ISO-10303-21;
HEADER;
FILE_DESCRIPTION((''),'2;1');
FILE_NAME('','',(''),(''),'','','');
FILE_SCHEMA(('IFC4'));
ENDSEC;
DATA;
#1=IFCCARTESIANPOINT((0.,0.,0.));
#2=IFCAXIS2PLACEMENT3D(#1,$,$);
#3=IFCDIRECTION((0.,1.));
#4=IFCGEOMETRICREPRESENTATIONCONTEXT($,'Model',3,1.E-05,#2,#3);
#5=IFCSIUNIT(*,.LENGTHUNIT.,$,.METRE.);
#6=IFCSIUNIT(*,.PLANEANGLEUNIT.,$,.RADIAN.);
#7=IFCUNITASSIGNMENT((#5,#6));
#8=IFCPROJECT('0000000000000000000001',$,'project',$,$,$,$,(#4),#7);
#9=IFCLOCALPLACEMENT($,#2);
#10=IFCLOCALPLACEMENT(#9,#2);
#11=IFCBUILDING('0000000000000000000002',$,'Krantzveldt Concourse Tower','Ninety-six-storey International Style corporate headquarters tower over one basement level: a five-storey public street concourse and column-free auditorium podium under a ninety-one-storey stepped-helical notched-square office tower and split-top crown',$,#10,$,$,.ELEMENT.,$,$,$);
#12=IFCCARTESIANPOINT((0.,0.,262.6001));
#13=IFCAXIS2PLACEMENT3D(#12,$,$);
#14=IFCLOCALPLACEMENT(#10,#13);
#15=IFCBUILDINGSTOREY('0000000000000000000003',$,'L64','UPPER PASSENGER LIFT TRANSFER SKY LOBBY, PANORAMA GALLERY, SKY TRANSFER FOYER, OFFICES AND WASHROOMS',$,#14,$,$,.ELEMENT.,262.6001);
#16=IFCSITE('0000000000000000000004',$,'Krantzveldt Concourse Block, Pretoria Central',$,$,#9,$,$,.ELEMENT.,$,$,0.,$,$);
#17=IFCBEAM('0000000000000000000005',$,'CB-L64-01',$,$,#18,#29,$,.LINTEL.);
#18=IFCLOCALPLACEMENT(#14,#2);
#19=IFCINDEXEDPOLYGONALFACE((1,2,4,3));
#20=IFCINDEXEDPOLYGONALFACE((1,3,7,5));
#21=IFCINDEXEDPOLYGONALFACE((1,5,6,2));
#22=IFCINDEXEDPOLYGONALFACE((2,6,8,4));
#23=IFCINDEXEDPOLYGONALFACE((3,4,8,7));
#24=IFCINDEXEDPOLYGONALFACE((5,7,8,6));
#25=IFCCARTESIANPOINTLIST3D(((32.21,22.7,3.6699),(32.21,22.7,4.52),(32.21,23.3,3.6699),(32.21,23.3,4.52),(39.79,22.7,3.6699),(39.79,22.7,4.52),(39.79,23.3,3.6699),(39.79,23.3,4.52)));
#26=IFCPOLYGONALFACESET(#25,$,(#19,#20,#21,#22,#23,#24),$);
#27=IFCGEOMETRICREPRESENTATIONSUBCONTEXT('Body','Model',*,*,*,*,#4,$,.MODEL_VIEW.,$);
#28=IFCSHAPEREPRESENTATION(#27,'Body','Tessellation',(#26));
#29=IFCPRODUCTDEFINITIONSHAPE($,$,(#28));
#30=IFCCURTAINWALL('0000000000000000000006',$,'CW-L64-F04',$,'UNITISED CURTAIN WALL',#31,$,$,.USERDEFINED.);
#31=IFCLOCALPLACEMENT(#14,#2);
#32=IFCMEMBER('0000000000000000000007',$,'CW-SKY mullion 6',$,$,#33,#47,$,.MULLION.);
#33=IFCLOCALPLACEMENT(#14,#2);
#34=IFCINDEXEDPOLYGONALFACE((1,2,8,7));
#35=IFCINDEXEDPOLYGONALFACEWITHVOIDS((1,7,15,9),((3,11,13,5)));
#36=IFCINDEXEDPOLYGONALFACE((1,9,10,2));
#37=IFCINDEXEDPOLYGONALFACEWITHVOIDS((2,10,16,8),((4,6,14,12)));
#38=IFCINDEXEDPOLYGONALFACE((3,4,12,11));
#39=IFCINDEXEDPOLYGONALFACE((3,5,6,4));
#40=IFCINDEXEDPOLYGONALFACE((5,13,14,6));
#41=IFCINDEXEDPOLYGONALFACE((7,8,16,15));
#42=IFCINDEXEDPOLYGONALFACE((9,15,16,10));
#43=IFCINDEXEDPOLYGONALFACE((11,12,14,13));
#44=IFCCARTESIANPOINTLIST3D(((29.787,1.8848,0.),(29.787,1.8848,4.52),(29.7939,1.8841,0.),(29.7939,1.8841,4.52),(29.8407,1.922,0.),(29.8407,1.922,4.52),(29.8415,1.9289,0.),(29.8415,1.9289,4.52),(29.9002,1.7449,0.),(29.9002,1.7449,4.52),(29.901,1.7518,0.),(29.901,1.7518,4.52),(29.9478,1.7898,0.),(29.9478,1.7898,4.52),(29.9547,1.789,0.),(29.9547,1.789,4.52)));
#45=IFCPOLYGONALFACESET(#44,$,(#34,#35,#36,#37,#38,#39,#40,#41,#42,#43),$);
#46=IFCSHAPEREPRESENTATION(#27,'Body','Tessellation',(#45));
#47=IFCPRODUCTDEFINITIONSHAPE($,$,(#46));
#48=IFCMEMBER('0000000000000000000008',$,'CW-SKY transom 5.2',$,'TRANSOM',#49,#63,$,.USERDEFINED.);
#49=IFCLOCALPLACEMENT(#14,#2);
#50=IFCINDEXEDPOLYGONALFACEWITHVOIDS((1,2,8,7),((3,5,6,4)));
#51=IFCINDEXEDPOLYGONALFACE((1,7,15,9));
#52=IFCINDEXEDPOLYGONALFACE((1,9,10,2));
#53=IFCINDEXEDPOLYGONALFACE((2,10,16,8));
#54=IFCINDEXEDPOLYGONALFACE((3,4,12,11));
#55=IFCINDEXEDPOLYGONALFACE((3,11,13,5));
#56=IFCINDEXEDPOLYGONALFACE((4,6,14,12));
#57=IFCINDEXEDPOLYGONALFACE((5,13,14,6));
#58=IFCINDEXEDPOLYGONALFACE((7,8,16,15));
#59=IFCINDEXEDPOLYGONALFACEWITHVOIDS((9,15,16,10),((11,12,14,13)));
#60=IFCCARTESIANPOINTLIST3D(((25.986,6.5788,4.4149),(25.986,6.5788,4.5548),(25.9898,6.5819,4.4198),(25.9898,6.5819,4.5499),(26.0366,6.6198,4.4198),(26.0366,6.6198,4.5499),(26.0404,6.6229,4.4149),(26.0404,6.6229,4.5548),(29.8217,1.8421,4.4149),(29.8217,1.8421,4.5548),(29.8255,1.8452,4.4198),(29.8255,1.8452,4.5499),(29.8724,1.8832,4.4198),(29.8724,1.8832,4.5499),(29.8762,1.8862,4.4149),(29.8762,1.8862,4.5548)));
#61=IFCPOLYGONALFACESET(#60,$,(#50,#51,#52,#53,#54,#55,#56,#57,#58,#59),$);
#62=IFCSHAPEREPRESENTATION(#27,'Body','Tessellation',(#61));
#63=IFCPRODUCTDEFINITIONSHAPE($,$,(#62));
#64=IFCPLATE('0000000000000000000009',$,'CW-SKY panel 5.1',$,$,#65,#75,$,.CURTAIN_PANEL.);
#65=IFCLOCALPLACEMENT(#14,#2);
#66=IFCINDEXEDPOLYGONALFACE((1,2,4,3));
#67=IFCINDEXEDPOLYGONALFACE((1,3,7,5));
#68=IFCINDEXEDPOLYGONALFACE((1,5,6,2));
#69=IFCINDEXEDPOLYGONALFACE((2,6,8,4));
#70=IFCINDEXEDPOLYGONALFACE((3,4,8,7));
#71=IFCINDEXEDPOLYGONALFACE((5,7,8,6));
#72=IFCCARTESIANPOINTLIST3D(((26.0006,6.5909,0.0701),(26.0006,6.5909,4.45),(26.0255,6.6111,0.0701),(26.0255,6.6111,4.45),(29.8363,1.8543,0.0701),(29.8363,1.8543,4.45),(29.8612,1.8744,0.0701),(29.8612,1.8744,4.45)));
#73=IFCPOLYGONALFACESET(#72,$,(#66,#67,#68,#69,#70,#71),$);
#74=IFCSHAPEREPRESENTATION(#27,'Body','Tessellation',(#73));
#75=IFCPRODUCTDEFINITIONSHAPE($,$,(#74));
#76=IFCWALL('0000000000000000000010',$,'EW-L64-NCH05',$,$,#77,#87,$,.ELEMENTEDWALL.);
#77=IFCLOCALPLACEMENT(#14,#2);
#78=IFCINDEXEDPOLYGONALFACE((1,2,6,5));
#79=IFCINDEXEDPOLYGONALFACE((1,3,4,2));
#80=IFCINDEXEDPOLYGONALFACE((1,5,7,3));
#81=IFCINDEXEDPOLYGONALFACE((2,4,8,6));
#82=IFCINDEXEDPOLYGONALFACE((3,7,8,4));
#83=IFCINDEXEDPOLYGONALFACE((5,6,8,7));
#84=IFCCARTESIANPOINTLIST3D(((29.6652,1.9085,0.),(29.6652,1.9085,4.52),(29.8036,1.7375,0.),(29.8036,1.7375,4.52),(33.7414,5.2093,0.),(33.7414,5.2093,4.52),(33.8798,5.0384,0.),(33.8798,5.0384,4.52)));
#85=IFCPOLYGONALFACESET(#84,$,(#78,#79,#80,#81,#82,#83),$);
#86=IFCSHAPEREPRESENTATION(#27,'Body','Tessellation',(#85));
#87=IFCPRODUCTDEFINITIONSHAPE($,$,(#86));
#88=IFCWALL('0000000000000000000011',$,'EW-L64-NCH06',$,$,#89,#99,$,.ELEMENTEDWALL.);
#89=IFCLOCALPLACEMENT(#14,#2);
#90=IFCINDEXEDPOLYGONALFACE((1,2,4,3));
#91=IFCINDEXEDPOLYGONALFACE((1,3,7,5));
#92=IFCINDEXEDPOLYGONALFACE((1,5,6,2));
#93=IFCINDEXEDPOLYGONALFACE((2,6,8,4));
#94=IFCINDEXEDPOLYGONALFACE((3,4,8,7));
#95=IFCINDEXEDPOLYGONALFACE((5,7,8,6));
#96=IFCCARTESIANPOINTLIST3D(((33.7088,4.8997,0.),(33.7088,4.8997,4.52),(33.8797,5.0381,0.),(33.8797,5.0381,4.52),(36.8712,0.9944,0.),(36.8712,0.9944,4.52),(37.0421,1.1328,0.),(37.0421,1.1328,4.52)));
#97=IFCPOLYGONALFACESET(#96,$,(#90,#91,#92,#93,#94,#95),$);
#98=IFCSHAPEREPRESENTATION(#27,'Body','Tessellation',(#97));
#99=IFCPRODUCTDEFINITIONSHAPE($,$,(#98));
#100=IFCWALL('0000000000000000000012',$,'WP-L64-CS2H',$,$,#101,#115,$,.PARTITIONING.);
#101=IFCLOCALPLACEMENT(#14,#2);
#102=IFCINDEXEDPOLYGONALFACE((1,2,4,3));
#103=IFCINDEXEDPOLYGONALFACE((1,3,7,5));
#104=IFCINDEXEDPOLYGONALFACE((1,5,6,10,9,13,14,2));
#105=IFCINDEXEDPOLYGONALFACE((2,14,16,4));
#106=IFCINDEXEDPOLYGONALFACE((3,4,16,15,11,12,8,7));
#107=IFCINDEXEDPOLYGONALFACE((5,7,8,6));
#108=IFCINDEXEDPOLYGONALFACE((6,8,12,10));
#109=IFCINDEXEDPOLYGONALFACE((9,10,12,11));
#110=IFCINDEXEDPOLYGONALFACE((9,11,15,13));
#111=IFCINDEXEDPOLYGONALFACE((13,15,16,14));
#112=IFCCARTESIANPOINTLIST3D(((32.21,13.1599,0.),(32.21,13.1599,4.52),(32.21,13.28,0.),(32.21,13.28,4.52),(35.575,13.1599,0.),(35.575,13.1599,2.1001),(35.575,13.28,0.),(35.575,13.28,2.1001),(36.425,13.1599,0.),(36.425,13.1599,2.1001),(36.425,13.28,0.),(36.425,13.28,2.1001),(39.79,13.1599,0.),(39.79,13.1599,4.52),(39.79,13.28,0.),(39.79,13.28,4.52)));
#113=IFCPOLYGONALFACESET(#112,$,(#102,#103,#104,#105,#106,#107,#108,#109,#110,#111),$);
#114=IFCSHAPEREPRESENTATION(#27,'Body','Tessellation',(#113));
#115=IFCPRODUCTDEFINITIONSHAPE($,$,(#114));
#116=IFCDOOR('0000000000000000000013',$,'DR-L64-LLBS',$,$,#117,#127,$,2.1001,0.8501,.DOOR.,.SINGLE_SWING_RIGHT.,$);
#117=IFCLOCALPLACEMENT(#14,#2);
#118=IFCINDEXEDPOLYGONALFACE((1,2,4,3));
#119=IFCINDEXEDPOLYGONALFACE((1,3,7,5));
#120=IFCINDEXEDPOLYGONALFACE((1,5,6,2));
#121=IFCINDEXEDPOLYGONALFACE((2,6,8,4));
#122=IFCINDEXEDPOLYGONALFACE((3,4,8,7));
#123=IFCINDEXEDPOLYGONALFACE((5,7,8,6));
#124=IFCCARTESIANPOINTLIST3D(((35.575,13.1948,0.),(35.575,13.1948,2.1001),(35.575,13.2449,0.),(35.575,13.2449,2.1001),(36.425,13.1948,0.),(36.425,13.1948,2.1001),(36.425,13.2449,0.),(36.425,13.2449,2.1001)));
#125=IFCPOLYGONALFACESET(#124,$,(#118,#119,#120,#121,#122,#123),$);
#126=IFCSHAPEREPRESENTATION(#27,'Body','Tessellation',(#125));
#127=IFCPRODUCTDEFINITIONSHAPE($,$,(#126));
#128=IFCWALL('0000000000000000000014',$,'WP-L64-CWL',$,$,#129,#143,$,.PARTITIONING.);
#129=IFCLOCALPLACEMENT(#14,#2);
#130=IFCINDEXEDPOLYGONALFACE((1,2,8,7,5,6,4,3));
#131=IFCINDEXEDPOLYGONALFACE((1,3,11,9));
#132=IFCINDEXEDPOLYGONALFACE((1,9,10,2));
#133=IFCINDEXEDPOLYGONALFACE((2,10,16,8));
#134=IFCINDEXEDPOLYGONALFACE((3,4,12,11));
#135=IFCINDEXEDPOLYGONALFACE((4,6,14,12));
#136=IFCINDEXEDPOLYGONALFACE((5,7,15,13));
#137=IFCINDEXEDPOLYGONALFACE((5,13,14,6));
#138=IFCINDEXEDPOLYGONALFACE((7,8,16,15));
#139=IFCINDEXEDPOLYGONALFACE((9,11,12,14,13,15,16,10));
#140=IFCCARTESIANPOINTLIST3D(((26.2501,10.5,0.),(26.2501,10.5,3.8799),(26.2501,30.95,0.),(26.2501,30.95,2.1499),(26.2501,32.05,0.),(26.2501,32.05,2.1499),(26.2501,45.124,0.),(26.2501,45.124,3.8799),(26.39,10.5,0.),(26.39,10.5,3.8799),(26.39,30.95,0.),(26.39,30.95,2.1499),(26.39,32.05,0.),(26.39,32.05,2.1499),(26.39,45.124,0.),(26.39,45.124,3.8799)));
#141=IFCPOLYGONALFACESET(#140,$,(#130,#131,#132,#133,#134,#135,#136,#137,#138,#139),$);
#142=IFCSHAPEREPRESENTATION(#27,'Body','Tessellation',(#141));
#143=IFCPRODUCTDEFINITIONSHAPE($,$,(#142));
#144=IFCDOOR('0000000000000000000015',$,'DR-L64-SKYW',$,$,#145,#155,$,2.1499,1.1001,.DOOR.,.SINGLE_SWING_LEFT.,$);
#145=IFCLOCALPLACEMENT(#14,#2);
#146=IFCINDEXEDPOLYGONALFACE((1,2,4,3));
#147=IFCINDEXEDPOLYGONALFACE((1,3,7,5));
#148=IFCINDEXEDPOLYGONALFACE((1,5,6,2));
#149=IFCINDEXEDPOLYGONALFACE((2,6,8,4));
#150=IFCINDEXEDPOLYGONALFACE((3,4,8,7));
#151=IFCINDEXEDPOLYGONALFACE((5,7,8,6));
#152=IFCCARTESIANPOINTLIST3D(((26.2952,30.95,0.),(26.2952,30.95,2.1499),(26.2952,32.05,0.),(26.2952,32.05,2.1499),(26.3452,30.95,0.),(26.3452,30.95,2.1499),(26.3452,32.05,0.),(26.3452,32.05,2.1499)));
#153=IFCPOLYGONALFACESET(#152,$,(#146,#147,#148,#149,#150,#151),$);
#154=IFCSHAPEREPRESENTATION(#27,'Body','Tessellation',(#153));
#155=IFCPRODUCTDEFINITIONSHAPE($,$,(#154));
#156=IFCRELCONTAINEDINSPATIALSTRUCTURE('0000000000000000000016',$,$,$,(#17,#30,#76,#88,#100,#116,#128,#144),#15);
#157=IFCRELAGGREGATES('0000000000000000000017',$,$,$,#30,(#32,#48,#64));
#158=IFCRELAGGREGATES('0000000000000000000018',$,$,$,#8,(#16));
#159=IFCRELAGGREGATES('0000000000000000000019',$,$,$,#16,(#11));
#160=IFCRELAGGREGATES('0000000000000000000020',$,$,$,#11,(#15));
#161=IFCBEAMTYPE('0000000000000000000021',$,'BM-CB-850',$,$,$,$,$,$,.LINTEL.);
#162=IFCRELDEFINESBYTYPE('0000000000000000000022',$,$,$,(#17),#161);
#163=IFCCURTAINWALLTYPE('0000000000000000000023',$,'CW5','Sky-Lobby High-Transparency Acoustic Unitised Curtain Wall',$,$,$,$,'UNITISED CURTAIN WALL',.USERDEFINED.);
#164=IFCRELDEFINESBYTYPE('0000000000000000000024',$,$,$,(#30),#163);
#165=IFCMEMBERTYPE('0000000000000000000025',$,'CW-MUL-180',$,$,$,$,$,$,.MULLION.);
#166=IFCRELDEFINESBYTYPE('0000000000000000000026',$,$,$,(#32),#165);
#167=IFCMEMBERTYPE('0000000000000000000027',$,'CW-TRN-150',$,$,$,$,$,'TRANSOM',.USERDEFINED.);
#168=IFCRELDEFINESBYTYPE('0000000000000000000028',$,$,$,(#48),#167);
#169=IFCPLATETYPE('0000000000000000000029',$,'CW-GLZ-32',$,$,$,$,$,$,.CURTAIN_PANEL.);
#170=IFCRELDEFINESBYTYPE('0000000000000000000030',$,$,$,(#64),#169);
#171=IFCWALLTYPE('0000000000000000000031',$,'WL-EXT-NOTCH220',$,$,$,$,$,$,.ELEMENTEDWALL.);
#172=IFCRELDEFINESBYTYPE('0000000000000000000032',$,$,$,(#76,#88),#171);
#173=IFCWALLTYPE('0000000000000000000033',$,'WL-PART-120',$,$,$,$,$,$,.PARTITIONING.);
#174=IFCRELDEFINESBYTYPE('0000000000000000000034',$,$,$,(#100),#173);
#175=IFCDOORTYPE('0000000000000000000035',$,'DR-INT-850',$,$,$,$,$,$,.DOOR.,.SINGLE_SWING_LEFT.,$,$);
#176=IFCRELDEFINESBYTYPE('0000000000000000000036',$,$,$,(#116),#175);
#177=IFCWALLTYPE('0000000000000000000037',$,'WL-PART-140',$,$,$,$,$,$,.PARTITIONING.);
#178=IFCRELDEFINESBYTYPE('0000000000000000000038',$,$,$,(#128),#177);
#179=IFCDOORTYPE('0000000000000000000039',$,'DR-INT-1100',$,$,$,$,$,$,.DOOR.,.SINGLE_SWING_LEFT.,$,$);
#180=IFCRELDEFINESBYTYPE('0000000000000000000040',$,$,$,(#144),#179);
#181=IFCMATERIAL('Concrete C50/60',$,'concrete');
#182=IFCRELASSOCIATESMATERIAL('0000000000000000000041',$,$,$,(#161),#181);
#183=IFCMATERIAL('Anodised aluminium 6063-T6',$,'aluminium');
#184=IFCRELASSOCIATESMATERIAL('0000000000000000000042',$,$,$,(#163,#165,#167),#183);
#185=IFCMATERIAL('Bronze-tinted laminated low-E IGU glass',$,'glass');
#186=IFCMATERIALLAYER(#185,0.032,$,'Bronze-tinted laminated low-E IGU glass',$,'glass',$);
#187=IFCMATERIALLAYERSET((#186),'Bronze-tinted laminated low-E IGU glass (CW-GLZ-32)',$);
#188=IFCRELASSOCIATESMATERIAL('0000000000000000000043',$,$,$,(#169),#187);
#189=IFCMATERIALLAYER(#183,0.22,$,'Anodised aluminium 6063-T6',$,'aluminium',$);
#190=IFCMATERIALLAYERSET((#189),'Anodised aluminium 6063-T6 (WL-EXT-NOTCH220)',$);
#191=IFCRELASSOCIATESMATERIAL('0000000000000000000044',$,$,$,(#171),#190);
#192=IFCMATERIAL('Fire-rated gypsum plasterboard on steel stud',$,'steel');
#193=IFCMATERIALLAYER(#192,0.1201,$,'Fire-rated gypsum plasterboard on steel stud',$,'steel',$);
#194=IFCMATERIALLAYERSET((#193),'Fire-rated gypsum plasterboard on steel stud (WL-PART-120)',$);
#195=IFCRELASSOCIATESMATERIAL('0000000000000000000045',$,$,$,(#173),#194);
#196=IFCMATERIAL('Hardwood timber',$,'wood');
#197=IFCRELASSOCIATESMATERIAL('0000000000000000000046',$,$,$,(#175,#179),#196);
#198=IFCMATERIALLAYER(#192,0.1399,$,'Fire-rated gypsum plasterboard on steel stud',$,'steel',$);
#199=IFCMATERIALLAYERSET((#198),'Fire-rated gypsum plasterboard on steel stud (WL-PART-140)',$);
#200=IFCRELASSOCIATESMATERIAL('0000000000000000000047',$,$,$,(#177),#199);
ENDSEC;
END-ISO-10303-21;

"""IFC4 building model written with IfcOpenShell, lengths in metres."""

from ifc_helpers import new_model, si_unit, direction, frame, frame_2d, origin, origin_2d, place, context, subcontext, project, spatial, rectangle, hollow_rectangle, extrude, source, transform, mapped, material, layer, layer_set, material_profile, profile_set, type_object, type_shapes, element, fill, aggregate, save


model = new_model("IFC4")

# Units and contexts
model_context = context("Model", 3, precision=1e-05, world=origin(), true_north=direction((0.0, 1.0)))
body_context = subcontext(model_context, "Body", "Model", "MODEL_VIEW")
ifc_project = project(units=[si_unit("LENGTHUNIT", "METRE"), si_unit("PLANEANGLEUNIT", "RADIAN")], contexts=[model_context])

# Site, building, storey
site_placement = place(None, origin())
site = spatial("IfcSite", under=ifc_project, at=site_placement, Name="Krantzveldt Concourse Block, Pretoria Central", CompositionType="ELEMENT", RefElevation=0.0)
building_placement = place(site_placement, origin())
building = spatial("IfcBuilding", under=site, at=building_placement, Name="Krantzveldt Concourse Tower", Description="Ninety-six-storey International Style corporate headquarters tower over one basement level: a five-storey public street concourse and column-free auditorium podium under a ninety-one-storey stepped-helical notched-square office tower and split-top crown", CompositionType="ELEMENT")
storey_placement = place(building_placement, frame((0.0, 0.0, 262.6001)))
storey = spatial("IfcBuildingStorey", under=building, at=storey_placement, Name="L64", Description="UPPER PASSENGER LIFT TRANSFER SKY LOBBY, PANORAMA GALLERY, SKY TRANSFER FOYER, OFFICES AND WASHROOMS", CompositionType="ELEMENT", Elevation=262.6001)

# Beam
ifc_material_1 = material(Name="Concrete C50/60", Category="concrete")
ifc_material_profile_1 = material_profile(ifc_material_1, rectangle(XDim=0.6001, YDim=0.8501, at=origin_2d()), Name="Concrete C50/60", Category="concrete")
ifc_profile_set_1 = profile_set([ifc_material_profile_1], Name="Concrete C50/60 - RC-CB 600x850")
beam_type = type_object("IfcBeamType", Name="BM-CB-850", PredefinedType="LINTEL", material=ifc_profile_set_1)
shared_shape_1 = source(origin(), body_context, "Body", "SweptSolid", [
    extrude(rectangle(XDim=0.6001, YDim=0.8501, at=origin_2d()), origin(), (0.0, 0.0, 1.0), 7.5801),
])
type_shapes(beam_type, [shared_shape_1])
beam_placement = place(storey_placement, frame((32.21, 23.0, 4.095), z_axis=(1.0, 0.0, 0.0), x_axis=(0.0, 1.0, 0.0)))
element("IfcBeam", 1, at=beam_placement, inside=storey, type_object=beam_type, Name="CB-L64-01", PredefinedType="LINTEL", context=body_context, shape_type="MappedRepresentation", body=[
    mapped(shared_shape_1, transform((0.0, 0.0, 0.0), x_axis=(1.0, 0.0, 0.0), y_axis=(0.0, 1.0, 0.0), z_axis=(0.0, 0.0, 1.0), scale=1.0)),
])

# Curtain wall, members, plate
ifc_material_2 = material(Name="Anodised aluminium 6063-T6", Category="aluminium")
curtain_wall_type = type_object("IfcCurtainWallType", Name="CW5", Description="Sky-Lobby High-Transparency Acoustic Unitised Curtain Wall", ElementType="UNITISED CURTAIN WALL", PredefinedType="USERDEFINED", material=ifc_material_2)
curtain_wall_placement = place(storey_placement, origin())
curtain_wall = element("IfcCurtainWall", 2, at=curtain_wall_placement, inside=storey, type_object=curtain_wall_type, Name="CW-L64-F04", ObjectType="UNITISED CURTAIN WALL", PredefinedType="USERDEFINED")
ifc_material_profile_2 = material_profile(ifc_material_2, hollow_rectangle(XDim=0.0701, YDim=0.1799, WallThickness=0.0049, at=origin_2d()), Name="Anodised aluminium 6063-T6", Category="aluminium")
ifc_profile_set_2 = profile_set([ifc_material_profile_2], Name="Anodised aluminium 6063-T6 - ALU-MULL 180x70x5")
member_type_1 = type_object("IfcMemberType", Name="CW-MUL-180", PredefinedType="MULLION", material=ifc_profile_set_2)
shared_shape_2 = source(origin(), body_context, "Body", "SweptSolid", [
    extrude(hollow_rectangle(XDim=0.0701, YDim=0.1799, WallThickness=0.0049, at=origin_2d()), origin(), (0.0, 0.0, 1.0), 4.52),
])
type_shapes(member_type_1, [shared_shape_2])
member_1_placement = place(storey_placement, frame((29.8708, 1.8369, 0.0), z_axis=(0.0, 0.0, 1.0), x_axis=(0.777146, 0.62932, 0.0)))
member_1 = element("IfcMember", 3, at=member_1_placement, type_object=member_type_1, Name="CW-SKY mullion 6", PredefinedType="MULLION", context=body_context, shape_type="MappedRepresentation", body=[
    mapped(shared_shape_2, transform((0.0, 0.0, 0.0), x_axis=(1.0, 0.0, 0.0), y_axis=(0.0, 1.0, 0.0), z_axis=(0.0, 0.0, 1.0), scale=1.0)),
])
ifc_material_profile_3 = material_profile(ifc_material_2, hollow_rectangle(XDim=0.0701, YDim=0.1399, WallThickness=0.0049, at=origin_2d()), Name="Anodised aluminium 6063-T6", Category="aluminium")
ifc_profile_set_3 = profile_set([ifc_material_profile_3], Name="Anodised aluminium 6063-T6 - ALU-TRAN 140x70x5")
member_type_2 = type_object("IfcMemberType", Name="CW-TRN-150", ElementType="TRANSOM", PredefinedType="USERDEFINED", material=ifc_profile_set_3)
shared_shape_3 = source(origin(), body_context, "Body", "SweptSolid", [
    extrude(hollow_rectangle(XDim=0.0701, YDim=0.1399, WallThickness=0.0049, at=origin_2d()), origin(), (0.0, 0.0, 1.0), 6.095),
])
type_shapes(member_type_2, [shared_shape_3])
member_2_placement = place(storey_placement, frame((26.0132, 6.6008, 4.4849), z_axis=(0.62933, -0.777139, 0.0), x_axis=(0.777139, 0.62933, 0.0)))
member_2 = element("IfcMember", 4, at=member_2_placement, type_object=member_type_2, Name="CW-SKY transom 5.2", ObjectType="TRANSOM", PredefinedType="USERDEFINED", context=body_context, shape_type="MappedRepresentation", body=[
    mapped(shared_shape_3, transform((0.0, 0.0, 0.0), x_axis=(1.0, 0.0, 0.0), y_axis=(0.0, 1.0, 0.0), z_axis=(0.0, 0.0, 1.0), scale=1.0)),
])
ifc_material_3 = material(Name="Bronze-tinted laminated low-E IGU glass", Category="glass")
ifc_layer_1 = layer(ifc_material_3, 0.032, Name="Bronze-tinted laminated low-E IGU glass", Category="glass")
ifc_layer_set_1 = layer_set([ifc_layer_1], Name="Bronze-tinted laminated low-E IGU glass (CW-GLZ-32)")
plate_type = type_object("IfcPlateType", Name="CW-GLZ-32", PredefinedType="CURTAIN_PANEL", material=ifc_layer_set_1)
shared_shape_4 = source(origin(), body_context, "Body", "SweptSolid", [
    extrude(rectangle(XDim=6.095, YDim=0.032, at=origin_2d()), origin(), (0.0, 0.0, 1.0), 4.3799),
])
type_shapes(plate_type, [shared_shape_4])
plate_placement = place(storey_placement, frame((27.9309, 4.2327, 0.0701), z_axis=(0.0, 0.0, 1.0), x_axis=(0.62932, -0.777146, 0.0)))
plate = element("IfcPlate", 5, at=plate_placement, type_object=plate_type, Name="CW-SKY panel 5.1", PredefinedType="CURTAIN_PANEL", context=body_context, shape_type="MappedRepresentation", body=[
    mapped(shared_shape_4, transform((0.0, 0.0, 0.0), x_axis=(1.0, 0.0, 0.0), y_axis=(0.0, 1.0, 0.0), z_axis=(0.0, 0.0, 1.0), scale=1.0)),
])
aggregate(curtain_wall, [member_1, member_2, plate])

# Walls
ifc_layer_2 = layer(ifc_material_2, 0.22, Name="Anodised aluminium 6063-T6", Category="aluminium")
ifc_layer_set_2 = layer_set([ifc_layer_2], Name="Anodised aluminium 6063-T6 (WL-EXT-NOTCH220)")
wall_type_1 = type_object("IfcWallType", Name="WL-EXT-NOTCH220", PredefinedType="ELEMENTEDWALL", material=ifc_layer_set_2)
wall_1_placement = place(storey_placement, frame((29.7344, 1.823, 0.0), z_axis=(0.0, 0.0, 1.0), x_axis=(0.777149, 0.629316, 0.0)))
element("IfcWall", 6, at=wall_1_placement, inside=storey, type_object=wall_type_1, Name="EW-L64-NCH05", PredefinedType="ELEMENTEDWALL", context=body_context, shape_type="SweptSolid", body=[
    extrude(rectangle(XDim=5.2451, YDim=0.22, at=frame_2d((2.6226, 0.0))), origin(), (0.0, 0.0, 1.0), 4.52),
])
wall_2_placement = place(storey_placement, frame((33.7942, 4.969, 0.0), z_axis=(0.0, 0.0, 1.0), x_axis=(0.629311, -0.777153, 0.0)))
element("IfcWall", 7, at=wall_2_placement, inside=storey, type_object=wall_type_1, Name="EW-L64-NCH06", PredefinedType="ELEMENTEDWALL", context=body_context, shape_type="SweptSolid", body=[
    extrude(rectangle(XDim=5.0251, YDim=0.22, at=frame_2d((2.5127, 0.0))), origin(), (0.0, 0.0, 1.0), 4.52),
])

# Walls, openings, doors
ifc_material_4 = material(Name="Fire-rated gypsum plasterboard on steel stud", Category="steel")
ifc_layer_3 = layer(ifc_material_4, 0.1201, Name="Fire-rated gypsum plasterboard on steel stud", Category="steel")
ifc_layer_set_3 = layer_set([ifc_layer_3], Name="Fire-rated gypsum plasterboard on steel stud (WL-PART-120)")
wall_type_2 = type_object("IfcWallType", Name="WL-PART-120", PredefinedType="PARTITIONING", material=ifc_layer_set_3)
wall_3_placement = place(storey_placement, frame((32.21, 13.22, 0.0), z_axis=(0.0, 0.0, 1.0), x_axis=(1.0, 0.0, 0.0)))
wall_3 = element("IfcWall", 8, at=wall_3_placement, inside=storey, type_object=wall_type_2, Name="WP-L64-CS2H", PredefinedType="PARTITIONING", context=body_context, shape_type="SweptSolid", body=[
    extrude(rectangle(XDim=7.5801, YDim=0.1201, at=frame_2d((3.79, 0.0))), origin(), (0.0, 0.0, 1.0), 4.52),
])
opening_1_placement = place(wall_3_placement, frame((3.365, 0.0, 0.0)))
opening_1 = element("IfcOpeningElement", 9, at=opening_1_placement, cuts=wall_3, PredefinedType="OPENING", context=body_context, shape_type="SweptSolid", body=[
    extrude(rectangle(XDim=0.8501, YDim=2.1001, at=frame_2d((0.425, 1.05))), frame((0.0, 0.0701, 0.0), z_axis=(0.0, -1.0, 0.0), x_axis=(1.0, 0.0, 0.0)), (0.0, 0.0, 1.0), 0.1401),
])
ifc_material_5 = material(Name="Hardwood timber", Category="wood")
door_type_1 = type_object("IfcDoorType", Name="DR-INT-850", OperationType="SINGLE_SWING_LEFT", PredefinedType="DOOR", material=ifc_material_5)
door_1_placement = place(opening_1_placement, origin())
door_1 = element("IfcDoor", 10, at=door_1_placement, inside=storey, type_object=door_type_1, Name="DR-L64-LLBS", OperationType="SINGLE_SWING_RIGHT", OverallHeight=2.1001, OverallWidth=0.8501, PredefinedType="DOOR", context=body_context, shape_type="SweptSolid", body=[
    extrude(rectangle(XDim=0.8501, YDim=2.1001, at=frame_2d((0.425, 1.05))), frame((0.0, 0.0249, 0.0), z_axis=(0.0, -1.0, 0.0), x_axis=(1.0, 0.0, 0.0)), (0.0, 0.0, 1.0), 0.05),
])
fill(opening_1, door_1)
ifc_layer_4 = layer(ifc_material_4, 0.1399, Name="Fire-rated gypsum plasterboard on steel stud", Category="steel")
ifc_layer_set_4 = layer_set([ifc_layer_4], Name="Fire-rated gypsum plasterboard on steel stud (WL-PART-140)")
wall_type_3 = type_object("IfcWallType", Name="WL-PART-140", PredefinedType="PARTITIONING", material=ifc_layer_set_4)
wall_4_placement = place(storey_placement, frame((26.3201, 10.5, 0.0), z_axis=(0.0, 0.0, 1.0), x_axis=(0.0, 1.0, 0.0)))
wall_4 = element("IfcWall", 11, at=wall_4_placement, inside=storey, type_object=wall_type_3, Name="WP-L64-CWL", PredefinedType="PARTITIONING", context=body_context, shape_type="SweptSolid", body=[
    extrude(rectangle(XDim=34.624, YDim=0.1399, at=frame_2d((17.312, 0.0))), origin(), (0.0, 0.0, 1.0), 3.8799),
])
opening_2_placement = place(wall_4_placement, frame((20.45, 0.0, 0.0)))
opening_2 = element("IfcOpeningElement", 12, at=opening_2_placement, cuts=wall_4, PredefinedType="OPENING", context=body_context, shape_type="SweptSolid", body=[
    extrude(rectangle(XDim=1.1001, YDim=2.1499, at=frame_2d((0.55, 1.075))), frame((0.0, 0.0801, 0.0), z_axis=(0.0, -1.0, 0.0), x_axis=(1.0, 0.0, 0.0)), (0.0, 0.0, 1.0), 0.1599),
])
door_type_2 = type_object("IfcDoorType", Name="DR-INT-1100", OperationType="SINGLE_SWING_LEFT", PredefinedType="DOOR", material=ifc_material_5)
door_2_placement = place(opening_2_placement, origin())
door_2 = element("IfcDoor", 13, at=door_2_placement, inside=storey, type_object=door_type_2, Name="DR-L64-SKYW", OperationType="SINGLE_SWING_LEFT", OverallHeight=2.1499, OverallWidth=1.1001, PredefinedType="DOOR", context=body_context, shape_type="SweptSolid", body=[
    extrude(rectangle(XDim=1.1001, YDim=2.1499, at=frame_2d((0.55, 1.075))), frame((0.0, 0.0249, 0.0), z_axis=(0.0, -1.0, 0.0), x_axis=(1.0, 0.0, 0.0)), (0.0, 0.0, 1.0), 0.05),
])
fill(opening_2, door_2)

save(model, "model.ifc")
